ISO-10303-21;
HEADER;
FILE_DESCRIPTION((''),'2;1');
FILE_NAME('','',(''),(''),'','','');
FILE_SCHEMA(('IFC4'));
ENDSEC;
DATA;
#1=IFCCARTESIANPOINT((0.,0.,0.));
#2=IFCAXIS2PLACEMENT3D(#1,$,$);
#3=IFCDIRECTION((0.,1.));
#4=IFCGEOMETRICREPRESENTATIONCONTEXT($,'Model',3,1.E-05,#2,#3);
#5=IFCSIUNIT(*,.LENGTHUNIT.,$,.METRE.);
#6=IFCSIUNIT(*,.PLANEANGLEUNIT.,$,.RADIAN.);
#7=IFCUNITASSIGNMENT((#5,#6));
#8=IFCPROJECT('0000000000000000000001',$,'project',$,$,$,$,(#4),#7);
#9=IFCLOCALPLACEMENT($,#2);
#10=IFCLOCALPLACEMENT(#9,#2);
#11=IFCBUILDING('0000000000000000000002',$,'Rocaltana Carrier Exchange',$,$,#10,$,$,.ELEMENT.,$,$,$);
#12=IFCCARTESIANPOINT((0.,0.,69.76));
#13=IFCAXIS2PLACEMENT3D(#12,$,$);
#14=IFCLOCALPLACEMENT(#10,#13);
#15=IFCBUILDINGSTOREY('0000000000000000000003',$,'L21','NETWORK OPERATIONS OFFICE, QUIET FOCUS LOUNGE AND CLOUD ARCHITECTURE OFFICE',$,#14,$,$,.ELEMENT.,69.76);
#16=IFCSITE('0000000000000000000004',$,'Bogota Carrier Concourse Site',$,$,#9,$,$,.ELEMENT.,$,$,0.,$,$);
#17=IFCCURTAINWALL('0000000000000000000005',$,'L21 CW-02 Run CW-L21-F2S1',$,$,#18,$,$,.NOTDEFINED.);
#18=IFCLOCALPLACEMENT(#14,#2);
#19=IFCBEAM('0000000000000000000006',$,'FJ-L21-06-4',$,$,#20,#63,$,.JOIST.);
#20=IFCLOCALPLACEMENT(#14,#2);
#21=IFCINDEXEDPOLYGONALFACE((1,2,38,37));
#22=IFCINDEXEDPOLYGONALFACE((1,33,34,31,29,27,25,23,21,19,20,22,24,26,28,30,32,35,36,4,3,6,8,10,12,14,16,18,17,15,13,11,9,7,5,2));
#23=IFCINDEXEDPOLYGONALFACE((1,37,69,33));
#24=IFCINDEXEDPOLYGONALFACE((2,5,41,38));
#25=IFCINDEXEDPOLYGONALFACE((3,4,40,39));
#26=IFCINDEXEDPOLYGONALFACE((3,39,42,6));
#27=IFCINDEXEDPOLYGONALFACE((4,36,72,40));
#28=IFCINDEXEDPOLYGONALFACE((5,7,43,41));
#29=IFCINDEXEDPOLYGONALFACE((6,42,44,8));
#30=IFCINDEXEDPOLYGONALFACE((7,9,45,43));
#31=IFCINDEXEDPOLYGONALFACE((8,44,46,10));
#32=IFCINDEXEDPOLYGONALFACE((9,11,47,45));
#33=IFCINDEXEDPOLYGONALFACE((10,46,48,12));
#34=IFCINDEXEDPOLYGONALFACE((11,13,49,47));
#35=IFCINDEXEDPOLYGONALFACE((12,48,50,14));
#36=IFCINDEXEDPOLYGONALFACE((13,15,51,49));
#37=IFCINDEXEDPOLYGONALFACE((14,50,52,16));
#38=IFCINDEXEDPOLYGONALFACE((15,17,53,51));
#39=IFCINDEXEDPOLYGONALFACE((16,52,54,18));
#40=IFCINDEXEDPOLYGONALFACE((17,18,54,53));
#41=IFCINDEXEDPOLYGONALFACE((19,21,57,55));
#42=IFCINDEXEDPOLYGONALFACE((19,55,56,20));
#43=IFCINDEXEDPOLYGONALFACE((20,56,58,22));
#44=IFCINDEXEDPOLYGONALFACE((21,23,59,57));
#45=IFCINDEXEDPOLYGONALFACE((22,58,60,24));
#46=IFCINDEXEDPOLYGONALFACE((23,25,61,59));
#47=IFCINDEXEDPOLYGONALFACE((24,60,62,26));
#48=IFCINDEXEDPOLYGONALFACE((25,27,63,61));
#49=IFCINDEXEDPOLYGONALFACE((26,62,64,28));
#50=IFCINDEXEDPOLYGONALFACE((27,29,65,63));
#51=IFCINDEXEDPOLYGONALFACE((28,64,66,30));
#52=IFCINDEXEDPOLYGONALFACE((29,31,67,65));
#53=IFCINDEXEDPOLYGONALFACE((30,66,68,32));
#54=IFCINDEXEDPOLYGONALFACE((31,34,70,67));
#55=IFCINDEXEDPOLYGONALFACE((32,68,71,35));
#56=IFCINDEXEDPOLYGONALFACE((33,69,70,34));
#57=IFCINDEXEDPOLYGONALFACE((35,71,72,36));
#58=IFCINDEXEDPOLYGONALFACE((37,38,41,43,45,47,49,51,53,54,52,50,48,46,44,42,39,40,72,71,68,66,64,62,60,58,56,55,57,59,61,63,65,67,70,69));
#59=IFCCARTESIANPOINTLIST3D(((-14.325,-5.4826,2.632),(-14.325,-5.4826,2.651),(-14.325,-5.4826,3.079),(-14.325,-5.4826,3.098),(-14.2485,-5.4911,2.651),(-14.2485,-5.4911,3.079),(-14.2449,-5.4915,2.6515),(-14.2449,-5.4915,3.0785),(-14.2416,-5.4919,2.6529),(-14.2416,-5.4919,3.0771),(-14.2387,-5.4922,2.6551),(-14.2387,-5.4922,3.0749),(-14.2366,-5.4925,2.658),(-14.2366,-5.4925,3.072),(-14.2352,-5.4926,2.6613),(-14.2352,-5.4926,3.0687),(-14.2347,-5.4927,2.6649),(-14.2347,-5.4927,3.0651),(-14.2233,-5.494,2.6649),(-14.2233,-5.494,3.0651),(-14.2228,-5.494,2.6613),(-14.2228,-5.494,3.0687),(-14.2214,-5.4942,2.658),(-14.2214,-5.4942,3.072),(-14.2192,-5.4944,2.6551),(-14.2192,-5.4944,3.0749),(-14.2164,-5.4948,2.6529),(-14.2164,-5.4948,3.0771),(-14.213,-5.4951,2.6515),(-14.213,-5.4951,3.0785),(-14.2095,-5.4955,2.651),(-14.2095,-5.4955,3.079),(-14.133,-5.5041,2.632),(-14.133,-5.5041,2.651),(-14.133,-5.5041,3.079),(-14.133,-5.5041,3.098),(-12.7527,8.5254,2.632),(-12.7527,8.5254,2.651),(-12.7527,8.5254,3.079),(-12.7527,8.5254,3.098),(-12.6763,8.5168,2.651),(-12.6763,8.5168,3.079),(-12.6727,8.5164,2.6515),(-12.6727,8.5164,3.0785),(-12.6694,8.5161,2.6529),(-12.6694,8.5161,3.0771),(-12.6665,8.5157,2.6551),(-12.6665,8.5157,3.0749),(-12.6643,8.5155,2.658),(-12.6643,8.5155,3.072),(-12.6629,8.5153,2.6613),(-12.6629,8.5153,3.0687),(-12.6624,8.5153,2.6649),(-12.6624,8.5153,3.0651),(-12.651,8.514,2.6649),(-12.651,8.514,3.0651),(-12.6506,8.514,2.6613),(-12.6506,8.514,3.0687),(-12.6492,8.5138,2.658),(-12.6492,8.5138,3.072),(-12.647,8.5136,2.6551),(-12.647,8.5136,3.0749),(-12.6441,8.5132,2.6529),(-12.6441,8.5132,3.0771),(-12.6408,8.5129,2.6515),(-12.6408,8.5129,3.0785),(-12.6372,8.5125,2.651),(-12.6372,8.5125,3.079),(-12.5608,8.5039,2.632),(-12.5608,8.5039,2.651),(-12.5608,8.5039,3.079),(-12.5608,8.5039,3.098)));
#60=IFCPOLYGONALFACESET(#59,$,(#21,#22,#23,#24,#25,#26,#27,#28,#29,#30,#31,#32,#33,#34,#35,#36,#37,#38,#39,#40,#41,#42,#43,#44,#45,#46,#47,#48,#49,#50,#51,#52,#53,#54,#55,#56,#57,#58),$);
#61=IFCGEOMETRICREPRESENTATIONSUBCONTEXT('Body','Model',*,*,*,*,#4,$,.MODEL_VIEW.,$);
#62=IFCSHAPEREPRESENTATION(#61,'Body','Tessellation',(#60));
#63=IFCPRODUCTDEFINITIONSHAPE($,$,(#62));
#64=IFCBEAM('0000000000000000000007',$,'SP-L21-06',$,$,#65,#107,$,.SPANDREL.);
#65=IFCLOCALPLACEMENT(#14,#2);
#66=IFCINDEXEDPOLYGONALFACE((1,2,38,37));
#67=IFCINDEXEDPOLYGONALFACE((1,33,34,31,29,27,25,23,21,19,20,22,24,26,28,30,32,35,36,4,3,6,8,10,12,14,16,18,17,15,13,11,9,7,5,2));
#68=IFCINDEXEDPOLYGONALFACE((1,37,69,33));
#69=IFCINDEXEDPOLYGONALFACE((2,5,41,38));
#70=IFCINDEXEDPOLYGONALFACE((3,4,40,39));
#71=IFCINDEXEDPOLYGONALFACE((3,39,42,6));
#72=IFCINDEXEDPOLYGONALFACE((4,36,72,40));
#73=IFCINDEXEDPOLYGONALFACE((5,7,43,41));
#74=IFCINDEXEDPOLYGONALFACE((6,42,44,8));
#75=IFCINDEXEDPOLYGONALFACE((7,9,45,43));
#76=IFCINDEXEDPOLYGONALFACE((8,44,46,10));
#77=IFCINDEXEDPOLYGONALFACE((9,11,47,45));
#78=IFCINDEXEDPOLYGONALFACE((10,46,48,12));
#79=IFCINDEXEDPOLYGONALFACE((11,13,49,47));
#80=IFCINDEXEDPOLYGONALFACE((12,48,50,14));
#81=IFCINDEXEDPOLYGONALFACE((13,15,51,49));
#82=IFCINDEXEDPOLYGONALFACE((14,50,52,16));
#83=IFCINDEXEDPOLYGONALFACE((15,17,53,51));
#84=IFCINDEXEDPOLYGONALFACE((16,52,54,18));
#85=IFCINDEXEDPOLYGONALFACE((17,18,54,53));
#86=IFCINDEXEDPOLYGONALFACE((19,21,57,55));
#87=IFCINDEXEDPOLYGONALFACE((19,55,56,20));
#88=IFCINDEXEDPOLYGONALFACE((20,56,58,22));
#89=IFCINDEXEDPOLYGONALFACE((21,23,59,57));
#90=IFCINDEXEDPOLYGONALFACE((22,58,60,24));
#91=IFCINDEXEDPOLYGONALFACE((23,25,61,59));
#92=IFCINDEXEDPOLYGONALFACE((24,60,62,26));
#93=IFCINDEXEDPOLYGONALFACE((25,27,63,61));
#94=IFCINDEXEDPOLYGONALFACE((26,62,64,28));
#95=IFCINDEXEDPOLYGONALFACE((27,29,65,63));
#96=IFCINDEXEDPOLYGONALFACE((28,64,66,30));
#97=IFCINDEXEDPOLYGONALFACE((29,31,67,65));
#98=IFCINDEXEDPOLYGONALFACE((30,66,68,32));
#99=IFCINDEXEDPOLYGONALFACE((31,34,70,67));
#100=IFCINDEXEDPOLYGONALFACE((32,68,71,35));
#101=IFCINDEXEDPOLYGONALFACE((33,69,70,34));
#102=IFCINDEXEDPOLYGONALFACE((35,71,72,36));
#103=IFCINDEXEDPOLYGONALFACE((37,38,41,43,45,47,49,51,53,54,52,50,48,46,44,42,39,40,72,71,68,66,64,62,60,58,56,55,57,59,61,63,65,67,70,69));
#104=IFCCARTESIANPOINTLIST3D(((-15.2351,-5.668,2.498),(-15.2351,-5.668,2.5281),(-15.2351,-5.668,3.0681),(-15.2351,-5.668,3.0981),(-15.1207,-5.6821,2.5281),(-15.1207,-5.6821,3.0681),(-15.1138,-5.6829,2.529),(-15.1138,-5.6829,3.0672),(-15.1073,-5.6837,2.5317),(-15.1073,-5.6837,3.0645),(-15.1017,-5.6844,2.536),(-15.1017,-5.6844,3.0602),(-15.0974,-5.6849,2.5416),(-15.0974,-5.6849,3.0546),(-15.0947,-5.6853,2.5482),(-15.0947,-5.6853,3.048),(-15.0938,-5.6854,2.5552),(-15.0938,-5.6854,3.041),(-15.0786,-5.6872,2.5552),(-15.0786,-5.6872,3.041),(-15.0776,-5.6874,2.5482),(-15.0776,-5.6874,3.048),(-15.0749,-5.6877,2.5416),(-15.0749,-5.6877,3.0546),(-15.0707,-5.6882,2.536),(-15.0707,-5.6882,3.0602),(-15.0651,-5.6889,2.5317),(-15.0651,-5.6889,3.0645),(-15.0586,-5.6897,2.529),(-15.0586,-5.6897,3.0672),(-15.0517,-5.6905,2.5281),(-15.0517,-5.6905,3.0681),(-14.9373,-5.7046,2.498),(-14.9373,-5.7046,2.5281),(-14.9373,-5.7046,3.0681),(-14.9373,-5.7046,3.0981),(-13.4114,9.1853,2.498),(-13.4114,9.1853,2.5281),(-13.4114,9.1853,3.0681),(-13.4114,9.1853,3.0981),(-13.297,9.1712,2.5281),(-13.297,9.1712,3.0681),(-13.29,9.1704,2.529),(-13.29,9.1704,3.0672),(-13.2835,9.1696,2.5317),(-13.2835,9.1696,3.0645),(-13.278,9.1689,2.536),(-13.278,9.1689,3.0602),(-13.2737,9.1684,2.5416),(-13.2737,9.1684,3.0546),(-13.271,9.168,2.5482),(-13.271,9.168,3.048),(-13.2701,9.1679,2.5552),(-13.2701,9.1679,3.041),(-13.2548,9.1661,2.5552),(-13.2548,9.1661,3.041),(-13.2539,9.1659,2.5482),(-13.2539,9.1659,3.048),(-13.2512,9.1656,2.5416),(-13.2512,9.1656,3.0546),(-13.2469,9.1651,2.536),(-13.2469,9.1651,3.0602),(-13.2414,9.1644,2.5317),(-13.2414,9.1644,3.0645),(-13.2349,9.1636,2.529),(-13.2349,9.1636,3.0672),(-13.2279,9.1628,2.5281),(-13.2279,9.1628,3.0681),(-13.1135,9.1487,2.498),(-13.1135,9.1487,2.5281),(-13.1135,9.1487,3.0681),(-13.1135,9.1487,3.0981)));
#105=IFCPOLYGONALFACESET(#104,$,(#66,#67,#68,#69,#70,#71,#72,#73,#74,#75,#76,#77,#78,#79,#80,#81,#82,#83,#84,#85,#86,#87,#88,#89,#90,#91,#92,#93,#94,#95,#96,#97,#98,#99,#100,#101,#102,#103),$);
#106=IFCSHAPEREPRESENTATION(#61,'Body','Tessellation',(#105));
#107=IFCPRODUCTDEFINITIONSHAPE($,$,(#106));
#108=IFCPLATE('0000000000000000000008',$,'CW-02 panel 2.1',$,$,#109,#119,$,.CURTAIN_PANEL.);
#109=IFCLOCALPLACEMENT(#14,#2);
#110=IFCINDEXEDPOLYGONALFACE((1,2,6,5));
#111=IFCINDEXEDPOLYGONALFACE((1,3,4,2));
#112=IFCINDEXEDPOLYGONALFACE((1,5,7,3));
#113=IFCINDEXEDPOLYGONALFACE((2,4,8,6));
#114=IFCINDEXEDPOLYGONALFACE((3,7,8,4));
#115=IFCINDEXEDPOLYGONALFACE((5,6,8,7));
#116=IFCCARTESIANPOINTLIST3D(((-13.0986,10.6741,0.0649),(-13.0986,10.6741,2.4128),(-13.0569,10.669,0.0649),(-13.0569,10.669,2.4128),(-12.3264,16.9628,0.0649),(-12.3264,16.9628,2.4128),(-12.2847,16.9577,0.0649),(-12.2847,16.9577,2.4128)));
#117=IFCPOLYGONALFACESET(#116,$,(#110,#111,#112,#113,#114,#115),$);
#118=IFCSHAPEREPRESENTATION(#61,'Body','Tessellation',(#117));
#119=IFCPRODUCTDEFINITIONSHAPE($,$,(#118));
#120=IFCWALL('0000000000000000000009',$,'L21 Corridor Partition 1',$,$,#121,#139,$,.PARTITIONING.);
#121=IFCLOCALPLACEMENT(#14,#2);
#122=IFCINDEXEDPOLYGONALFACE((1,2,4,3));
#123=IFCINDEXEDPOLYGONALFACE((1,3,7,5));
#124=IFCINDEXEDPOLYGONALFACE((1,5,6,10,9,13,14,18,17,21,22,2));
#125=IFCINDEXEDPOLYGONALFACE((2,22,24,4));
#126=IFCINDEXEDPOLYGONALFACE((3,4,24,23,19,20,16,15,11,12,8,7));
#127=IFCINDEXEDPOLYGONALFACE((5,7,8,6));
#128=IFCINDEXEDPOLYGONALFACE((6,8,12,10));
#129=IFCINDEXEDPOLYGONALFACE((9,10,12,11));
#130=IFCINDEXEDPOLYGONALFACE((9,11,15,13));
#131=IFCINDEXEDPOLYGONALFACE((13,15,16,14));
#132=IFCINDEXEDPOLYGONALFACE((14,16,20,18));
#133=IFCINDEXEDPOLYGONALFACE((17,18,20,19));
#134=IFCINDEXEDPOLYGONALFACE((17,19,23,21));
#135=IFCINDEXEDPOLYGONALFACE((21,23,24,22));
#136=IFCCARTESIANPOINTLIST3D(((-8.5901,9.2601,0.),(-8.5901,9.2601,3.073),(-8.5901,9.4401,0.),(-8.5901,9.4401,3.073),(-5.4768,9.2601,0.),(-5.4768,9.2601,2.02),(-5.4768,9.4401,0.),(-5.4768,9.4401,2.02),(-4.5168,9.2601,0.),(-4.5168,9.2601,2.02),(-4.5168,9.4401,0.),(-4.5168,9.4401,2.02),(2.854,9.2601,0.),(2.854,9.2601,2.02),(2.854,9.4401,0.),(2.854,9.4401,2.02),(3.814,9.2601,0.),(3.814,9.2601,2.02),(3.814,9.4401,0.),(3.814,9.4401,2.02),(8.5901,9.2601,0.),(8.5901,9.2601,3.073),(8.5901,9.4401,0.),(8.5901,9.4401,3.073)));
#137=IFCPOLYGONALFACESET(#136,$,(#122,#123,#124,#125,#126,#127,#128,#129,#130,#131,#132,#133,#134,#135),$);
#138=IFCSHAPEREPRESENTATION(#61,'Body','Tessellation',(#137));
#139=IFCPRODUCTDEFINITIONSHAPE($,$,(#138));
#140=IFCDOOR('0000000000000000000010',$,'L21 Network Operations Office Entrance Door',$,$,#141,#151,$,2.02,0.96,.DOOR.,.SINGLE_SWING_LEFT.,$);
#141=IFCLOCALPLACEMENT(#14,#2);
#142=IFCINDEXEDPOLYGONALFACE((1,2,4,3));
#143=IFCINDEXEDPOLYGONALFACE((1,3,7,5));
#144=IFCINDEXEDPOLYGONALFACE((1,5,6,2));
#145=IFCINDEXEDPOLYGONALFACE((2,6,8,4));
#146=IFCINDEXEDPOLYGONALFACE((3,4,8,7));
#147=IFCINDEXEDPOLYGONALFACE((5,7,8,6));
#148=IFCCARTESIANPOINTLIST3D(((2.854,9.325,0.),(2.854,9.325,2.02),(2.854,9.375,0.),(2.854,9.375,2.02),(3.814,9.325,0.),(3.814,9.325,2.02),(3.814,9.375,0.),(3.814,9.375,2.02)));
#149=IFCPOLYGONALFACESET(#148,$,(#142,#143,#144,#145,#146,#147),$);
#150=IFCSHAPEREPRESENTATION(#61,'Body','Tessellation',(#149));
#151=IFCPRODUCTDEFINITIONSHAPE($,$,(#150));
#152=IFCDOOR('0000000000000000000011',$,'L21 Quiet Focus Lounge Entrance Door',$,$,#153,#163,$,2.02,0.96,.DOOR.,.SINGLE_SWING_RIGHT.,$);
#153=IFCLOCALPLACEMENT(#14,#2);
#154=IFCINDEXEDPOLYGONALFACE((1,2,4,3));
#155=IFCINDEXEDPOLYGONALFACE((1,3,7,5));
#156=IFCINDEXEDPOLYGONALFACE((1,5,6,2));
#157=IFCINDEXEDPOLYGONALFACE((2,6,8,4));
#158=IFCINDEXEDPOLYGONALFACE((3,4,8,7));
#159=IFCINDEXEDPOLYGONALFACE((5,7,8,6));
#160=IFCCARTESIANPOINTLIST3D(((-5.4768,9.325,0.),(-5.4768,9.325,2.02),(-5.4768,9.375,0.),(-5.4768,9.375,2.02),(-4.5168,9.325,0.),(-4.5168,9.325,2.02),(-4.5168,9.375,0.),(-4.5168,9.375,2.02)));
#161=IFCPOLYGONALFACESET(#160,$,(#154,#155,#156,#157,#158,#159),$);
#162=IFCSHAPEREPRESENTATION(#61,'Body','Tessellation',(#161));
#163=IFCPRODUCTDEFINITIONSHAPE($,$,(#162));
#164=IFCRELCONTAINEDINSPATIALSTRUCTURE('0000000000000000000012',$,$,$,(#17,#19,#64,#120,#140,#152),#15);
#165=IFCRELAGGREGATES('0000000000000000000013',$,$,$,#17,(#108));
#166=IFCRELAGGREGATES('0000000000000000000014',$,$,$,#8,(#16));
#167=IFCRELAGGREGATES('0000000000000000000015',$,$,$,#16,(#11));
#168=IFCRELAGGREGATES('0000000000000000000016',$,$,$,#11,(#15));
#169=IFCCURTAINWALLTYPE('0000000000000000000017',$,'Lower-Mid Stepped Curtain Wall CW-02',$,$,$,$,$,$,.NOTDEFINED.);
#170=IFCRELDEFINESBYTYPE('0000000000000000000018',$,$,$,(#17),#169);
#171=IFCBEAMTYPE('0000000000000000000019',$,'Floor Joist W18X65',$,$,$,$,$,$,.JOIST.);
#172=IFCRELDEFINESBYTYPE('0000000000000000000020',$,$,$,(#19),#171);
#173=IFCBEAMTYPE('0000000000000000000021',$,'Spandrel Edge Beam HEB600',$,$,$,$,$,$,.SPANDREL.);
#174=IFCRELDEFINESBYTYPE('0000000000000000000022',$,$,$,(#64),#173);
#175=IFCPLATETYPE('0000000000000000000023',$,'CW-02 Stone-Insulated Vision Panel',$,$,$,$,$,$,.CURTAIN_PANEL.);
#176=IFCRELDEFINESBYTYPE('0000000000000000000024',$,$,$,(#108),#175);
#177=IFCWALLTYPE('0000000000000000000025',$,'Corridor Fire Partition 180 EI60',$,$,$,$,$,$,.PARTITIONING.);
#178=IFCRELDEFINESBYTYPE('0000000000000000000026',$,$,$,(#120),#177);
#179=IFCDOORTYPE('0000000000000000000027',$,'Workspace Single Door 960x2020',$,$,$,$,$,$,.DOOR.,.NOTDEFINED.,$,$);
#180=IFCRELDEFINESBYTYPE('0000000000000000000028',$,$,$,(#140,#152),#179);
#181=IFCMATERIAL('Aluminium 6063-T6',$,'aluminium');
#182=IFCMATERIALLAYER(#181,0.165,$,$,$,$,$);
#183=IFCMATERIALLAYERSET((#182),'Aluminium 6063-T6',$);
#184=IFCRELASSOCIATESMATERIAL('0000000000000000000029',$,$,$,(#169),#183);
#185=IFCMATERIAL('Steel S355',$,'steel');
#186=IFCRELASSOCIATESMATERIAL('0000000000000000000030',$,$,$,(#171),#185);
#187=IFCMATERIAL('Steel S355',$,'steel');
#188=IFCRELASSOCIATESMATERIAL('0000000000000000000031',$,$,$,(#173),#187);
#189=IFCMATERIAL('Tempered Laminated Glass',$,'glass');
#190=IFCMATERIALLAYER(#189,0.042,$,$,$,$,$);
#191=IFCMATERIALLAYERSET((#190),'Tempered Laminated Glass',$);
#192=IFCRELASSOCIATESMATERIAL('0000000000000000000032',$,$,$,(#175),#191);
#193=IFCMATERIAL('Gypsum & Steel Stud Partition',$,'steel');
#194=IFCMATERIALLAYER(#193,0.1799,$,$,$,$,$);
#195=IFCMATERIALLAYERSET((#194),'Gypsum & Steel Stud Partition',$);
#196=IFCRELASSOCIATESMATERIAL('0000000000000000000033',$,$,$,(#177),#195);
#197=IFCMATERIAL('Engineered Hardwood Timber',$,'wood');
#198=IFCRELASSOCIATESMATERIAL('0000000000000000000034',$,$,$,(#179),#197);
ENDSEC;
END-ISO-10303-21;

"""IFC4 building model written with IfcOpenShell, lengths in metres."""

from ifc_helpers import new_model, si_unit, direction, frame, frame_2d, origin, origin_2d, place, context, subcontext, project, spatial, rectangle, i_section, extrude, material, layer, layer_set, material_profile, profile_set, type_object, element, fill, aggregate, save


model = new_model("IFC4")

# Units and contexts
model_context = context("Model", 3, precision=1e-05, world=origin(), true_north=direction((0.0, 1.0)))
body_context = subcontext(model_context, "Body", "Model", "MODEL_VIEW")
ifc_project = project(units=[si_unit("LENGTHUNIT", "METRE"), si_unit("PLANEANGLEUNIT", "RADIAN")], contexts=[model_context])

# Site, building, storey
site_placement = place(None, origin())
site = spatial("IfcSite", under=ifc_project, at=site_placement, Name="Bogota Carrier Concourse Site", CompositionType="ELEMENT", RefElevation=0.0)
building_placement = place(site_placement, origin())
building = spatial("IfcBuilding", under=site, at=building_placement, Name="Rocaltana Carrier Exchange", CompositionType="ELEMENT")
storey_placement = place(building_placement, frame((0.0, 0.0, 69.76)))
storey = spatial("IfcBuildingStorey", under=building, at=storey_placement, Name="L21", Description="NETWORK OPERATIONS OFFICE, QUIET FOCUS LOUNGE AND CLOUD ARCHITECTURE OFFICE", CompositionType="ELEMENT", Elevation=69.76)

# Curtain wall
ifc_material_1 = material(Name="Aluminium 6063-T6", Category="aluminium")
ifc_layer_1 = layer(ifc_material_1, 0.165)
ifc_layer_set_1 = layer_set([ifc_layer_1], Name="Aluminium 6063-T6")
curtain_wall_type = type_object("IfcCurtainWallType", Name="Lower-Mid Stepped Curtain Wall CW-02", PredefinedType="NOTDEFINED", material=ifc_layer_set_1)
curtain_wall_1_placement = place(storey_placement, origin())
curtain_wall_1 = element("IfcCurtainWall", 1, at=curtain_wall_1_placement, inside=storey, type_object=curtain_wall_type, Name="L21 CW-02 Run CW-L21-F2S1", PredefinedType="NOTDEFINED")

# Beams
ifc_material_2 = material(Name="Steel S355", Category="steel")
ifc_material_profile_1 = material_profile(ifc_material_2, i_section(OverallWidth=0.1931, OverallDepth=0.4661, WebThickness=0.0115, FlangeThickness=0.019, FilletRadius=0.0139, at=origin_2d()), Name="W18X65")
ifc_profile_set_1 = profile_set([ifc_material_profile_1], Name="Steel S355")
beam_type_1 = type_object("IfcBeamType", Name="Floor Joist W18X65", PredefinedType="JOIST", material=ifc_profile_set_1)
beam_1_placement = place(storey_placement, frame((-12.6567, 8.5146, 2.865), z_axis=(-0.11154, -0.99376, 0.0), x_axis=(0.99376, -0.11154, 0.0)))
element("IfcBeam", 2, at=beam_1_placement, inside=storey, type_object=beam_type_1, Name="FJ-L21-06-4", PredefinedType="JOIST", context=body_context, shape_type="SweptSolid", body=[
    extrude(i_section(OverallWidth=0.1931, OverallDepth=0.4661, WebThickness=0.0115, FlangeThickness=0.019, FilletRadius=0.0139, at=origin_2d()), origin(), (0.0, 0.0, 1.0), 14.0959),
])
ifc_material_3 = material(Name="Steel S355", Category="steel")
ifc_material_profile_2 = material_profile(ifc_material_3, i_section(OverallWidth=0.3, OverallDepth=0.6001, WebThickness=0.0154, FlangeThickness=0.03, FilletRadius=0.0271, at=origin_2d()), Name="HEB600")
ifc_profile_set_2 = profile_set([ifc_material_profile_2], Name="Steel S355")
beam_type_2 = type_object("IfcBeamType", Name="Spandrel Edge Beam HEB600", PredefinedType="SPANDREL", material=ifc_profile_set_2)
beam_2_placement = place(storey_placement, frame((-13.2625, 9.167, 2.7981), z_axis=(-0.121868, -0.992546, 0.0), x_axis=(0.992546, -0.121868, 0.0)))
element("IfcBeam", 3, at=beam_2_placement, inside=storey, type_object=beam_type_2, Name="SP-L21-06", PredefinedType="SPANDREL", context=body_context, shape_type="SweptSolid", body=[
    extrude(i_section(OverallWidth=0.3, OverallDepth=0.6001, WebThickness=0.0154, FlangeThickness=0.03, FilletRadius=0.0271, at=origin_2d()), origin(), (0.0, 0.0, 1.0), 14.9648),
])

# Plate
ifc_material_4 = material(Name="Tempered Laminated Glass", Category="glass")
ifc_layer_2 = layer(ifc_material_4, 0.042)
ifc_layer_set_2 = layer_set([ifc_layer_2], Name="Tempered Laminated Glass")
plate_type = type_object("IfcPlateType", Name="CW-02 Stone-Insulated Vision Panel", PredefinedType="CURTAIN_PANEL", material=ifc_layer_set_2)
plate_placement = place(storey_placement, frame((-12.6917, 13.8159, 0.0649), z_axis=(0.0, 0.0, 1.0), x_axis=(-0.121873, -0.992546, 0.0)))
plate = element("IfcPlate", 4, at=plate_placement, type_object=plate_type, Name="CW-02 panel 2.1", PredefinedType="CURTAIN_PANEL", context=body_context, shape_type="SweptSolid", body=[
    extrude(rectangle(XDim=6.3359, YDim=0.042, at=origin_2d()), origin(), (0.0, 0.0, 1.0), 2.3479),
])
aggregate(curtain_wall_1, [plate])

# Wall, openings, doors
ifc_material_5 = material(Name="Gypsum & Steel Stud Partition", Category="steel")
ifc_layer_3 = layer(ifc_material_5, 0.1799)
ifc_layer_set_3 = layer_set([ifc_layer_3], Name="Gypsum & Steel Stud Partition")
wall_type_1 = type_object("IfcWallType", Name="Corridor Fire Partition 180 EI60", PredefinedType="PARTITIONING", material=ifc_layer_set_3)
wall_1_placement = place(storey_placement, frame((-8.5901, 9.3501, 0.0), z_axis=(0.0, 0.0, 1.0), x_axis=(1.0, 0.0, 0.0)))
wall_1 = element("IfcWall", 5, at=wall_1_placement, inside=storey, type_object=wall_type_1, Name="L21 Corridor Partition 1", PredefinedType="PARTITIONING", context=body_context, shape_type="SweptSolid", body=[
    extrude(rectangle(XDim=17.1802, YDim=0.1799, at=frame_2d((8.5901, 0.0))), origin(), (0.0, 0.0, 1.0), 3.073),
])
opening_1_placement = place(wall_1_placement, frame((11.4441, 0.0, 0.0)))
opening_1 = element("IfcOpeningElement", 6, at=opening_1_placement, cuts=wall_1, PredefinedType="OPENING", context=body_context, shape_type="SweptSolid", body=[
    extrude(rectangle(XDim=0.96, YDim=2.02, at=frame_2d((0.48, 1.01))), frame((0.0, 0.0999, 0.0), z_axis=(0.0, -1.0, 0.0), x_axis=(1.0, 0.0, 0.0)), (0.0, 0.0, 1.0), 0.2),
])
opening_2_placement = place(wall_1_placement, frame((3.1133, 0.0, 0.0)))
opening_2 = element("IfcOpeningElement", 7, at=opening_2_placement, cuts=wall_1, PredefinedType="OPENING", context=body_context, shape_type="SweptSolid", body=[
    extrude(rectangle(XDim=0.96, YDim=2.02, at=frame_2d((0.48, 1.01))), frame((0.0, 0.0999, 0.0), z_axis=(0.0, -1.0, 0.0), x_axis=(1.0, 0.0, 0.0)), (0.0, 0.0, 1.0), 0.2),
])
ifc_material_6 = material(Name="Engineered Hardwood Timber", Category="wood")
door_type_1 = type_object("IfcDoorType", Name="Workspace Single Door 960x2020", OperationType="NOTDEFINED", PredefinedType="DOOR", material=ifc_material_6)
door_1_placement = place(opening_1_placement, origin())
door_1 = element("IfcDoor", 8, at=door_1_placement, inside=storey, type_object=door_type_1, Name="L21 Network Operations Office Entrance Door", OperationType="SINGLE_SWING_LEFT", OverallHeight=2.02, OverallWidth=0.96, PredefinedType="DOOR", context=body_context, shape_type="SweptSolid", body=[
    extrude(rectangle(XDim=0.96, YDim=2.02, at=frame_2d((0.48, 1.01))), frame((0.0, 0.0249, 0.0), z_axis=(0.0, -1.0, 0.0), x_axis=(1.0, 0.0, 0.0)), (0.0, 0.0, 1.0), 0.05),
])
fill(opening_1, door_1)
door_2_placement = place(opening_2_placement, origin())
door_2 = element("IfcDoor", 9, at=door_2_placement, inside=storey, type_object=door_type_1, Name="L21 Quiet Focus Lounge Entrance Door", OperationType="SINGLE_SWING_RIGHT", OverallHeight=2.02, OverallWidth=0.96, PredefinedType="DOOR", context=body_context, shape_type="SweptSolid", body=[
    extrude(rectangle(XDim=0.96, YDim=2.02, at=frame_2d((0.48, 1.01))), frame((0.0, 0.0249, 0.0), z_axis=(0.0, -1.0, 0.0), x_axis=(1.0, 0.0, 0.0)), (0.0, 0.0, 1.0), 0.05),
])
fill(opening_2, door_2)

save(model, "model.ifc")
